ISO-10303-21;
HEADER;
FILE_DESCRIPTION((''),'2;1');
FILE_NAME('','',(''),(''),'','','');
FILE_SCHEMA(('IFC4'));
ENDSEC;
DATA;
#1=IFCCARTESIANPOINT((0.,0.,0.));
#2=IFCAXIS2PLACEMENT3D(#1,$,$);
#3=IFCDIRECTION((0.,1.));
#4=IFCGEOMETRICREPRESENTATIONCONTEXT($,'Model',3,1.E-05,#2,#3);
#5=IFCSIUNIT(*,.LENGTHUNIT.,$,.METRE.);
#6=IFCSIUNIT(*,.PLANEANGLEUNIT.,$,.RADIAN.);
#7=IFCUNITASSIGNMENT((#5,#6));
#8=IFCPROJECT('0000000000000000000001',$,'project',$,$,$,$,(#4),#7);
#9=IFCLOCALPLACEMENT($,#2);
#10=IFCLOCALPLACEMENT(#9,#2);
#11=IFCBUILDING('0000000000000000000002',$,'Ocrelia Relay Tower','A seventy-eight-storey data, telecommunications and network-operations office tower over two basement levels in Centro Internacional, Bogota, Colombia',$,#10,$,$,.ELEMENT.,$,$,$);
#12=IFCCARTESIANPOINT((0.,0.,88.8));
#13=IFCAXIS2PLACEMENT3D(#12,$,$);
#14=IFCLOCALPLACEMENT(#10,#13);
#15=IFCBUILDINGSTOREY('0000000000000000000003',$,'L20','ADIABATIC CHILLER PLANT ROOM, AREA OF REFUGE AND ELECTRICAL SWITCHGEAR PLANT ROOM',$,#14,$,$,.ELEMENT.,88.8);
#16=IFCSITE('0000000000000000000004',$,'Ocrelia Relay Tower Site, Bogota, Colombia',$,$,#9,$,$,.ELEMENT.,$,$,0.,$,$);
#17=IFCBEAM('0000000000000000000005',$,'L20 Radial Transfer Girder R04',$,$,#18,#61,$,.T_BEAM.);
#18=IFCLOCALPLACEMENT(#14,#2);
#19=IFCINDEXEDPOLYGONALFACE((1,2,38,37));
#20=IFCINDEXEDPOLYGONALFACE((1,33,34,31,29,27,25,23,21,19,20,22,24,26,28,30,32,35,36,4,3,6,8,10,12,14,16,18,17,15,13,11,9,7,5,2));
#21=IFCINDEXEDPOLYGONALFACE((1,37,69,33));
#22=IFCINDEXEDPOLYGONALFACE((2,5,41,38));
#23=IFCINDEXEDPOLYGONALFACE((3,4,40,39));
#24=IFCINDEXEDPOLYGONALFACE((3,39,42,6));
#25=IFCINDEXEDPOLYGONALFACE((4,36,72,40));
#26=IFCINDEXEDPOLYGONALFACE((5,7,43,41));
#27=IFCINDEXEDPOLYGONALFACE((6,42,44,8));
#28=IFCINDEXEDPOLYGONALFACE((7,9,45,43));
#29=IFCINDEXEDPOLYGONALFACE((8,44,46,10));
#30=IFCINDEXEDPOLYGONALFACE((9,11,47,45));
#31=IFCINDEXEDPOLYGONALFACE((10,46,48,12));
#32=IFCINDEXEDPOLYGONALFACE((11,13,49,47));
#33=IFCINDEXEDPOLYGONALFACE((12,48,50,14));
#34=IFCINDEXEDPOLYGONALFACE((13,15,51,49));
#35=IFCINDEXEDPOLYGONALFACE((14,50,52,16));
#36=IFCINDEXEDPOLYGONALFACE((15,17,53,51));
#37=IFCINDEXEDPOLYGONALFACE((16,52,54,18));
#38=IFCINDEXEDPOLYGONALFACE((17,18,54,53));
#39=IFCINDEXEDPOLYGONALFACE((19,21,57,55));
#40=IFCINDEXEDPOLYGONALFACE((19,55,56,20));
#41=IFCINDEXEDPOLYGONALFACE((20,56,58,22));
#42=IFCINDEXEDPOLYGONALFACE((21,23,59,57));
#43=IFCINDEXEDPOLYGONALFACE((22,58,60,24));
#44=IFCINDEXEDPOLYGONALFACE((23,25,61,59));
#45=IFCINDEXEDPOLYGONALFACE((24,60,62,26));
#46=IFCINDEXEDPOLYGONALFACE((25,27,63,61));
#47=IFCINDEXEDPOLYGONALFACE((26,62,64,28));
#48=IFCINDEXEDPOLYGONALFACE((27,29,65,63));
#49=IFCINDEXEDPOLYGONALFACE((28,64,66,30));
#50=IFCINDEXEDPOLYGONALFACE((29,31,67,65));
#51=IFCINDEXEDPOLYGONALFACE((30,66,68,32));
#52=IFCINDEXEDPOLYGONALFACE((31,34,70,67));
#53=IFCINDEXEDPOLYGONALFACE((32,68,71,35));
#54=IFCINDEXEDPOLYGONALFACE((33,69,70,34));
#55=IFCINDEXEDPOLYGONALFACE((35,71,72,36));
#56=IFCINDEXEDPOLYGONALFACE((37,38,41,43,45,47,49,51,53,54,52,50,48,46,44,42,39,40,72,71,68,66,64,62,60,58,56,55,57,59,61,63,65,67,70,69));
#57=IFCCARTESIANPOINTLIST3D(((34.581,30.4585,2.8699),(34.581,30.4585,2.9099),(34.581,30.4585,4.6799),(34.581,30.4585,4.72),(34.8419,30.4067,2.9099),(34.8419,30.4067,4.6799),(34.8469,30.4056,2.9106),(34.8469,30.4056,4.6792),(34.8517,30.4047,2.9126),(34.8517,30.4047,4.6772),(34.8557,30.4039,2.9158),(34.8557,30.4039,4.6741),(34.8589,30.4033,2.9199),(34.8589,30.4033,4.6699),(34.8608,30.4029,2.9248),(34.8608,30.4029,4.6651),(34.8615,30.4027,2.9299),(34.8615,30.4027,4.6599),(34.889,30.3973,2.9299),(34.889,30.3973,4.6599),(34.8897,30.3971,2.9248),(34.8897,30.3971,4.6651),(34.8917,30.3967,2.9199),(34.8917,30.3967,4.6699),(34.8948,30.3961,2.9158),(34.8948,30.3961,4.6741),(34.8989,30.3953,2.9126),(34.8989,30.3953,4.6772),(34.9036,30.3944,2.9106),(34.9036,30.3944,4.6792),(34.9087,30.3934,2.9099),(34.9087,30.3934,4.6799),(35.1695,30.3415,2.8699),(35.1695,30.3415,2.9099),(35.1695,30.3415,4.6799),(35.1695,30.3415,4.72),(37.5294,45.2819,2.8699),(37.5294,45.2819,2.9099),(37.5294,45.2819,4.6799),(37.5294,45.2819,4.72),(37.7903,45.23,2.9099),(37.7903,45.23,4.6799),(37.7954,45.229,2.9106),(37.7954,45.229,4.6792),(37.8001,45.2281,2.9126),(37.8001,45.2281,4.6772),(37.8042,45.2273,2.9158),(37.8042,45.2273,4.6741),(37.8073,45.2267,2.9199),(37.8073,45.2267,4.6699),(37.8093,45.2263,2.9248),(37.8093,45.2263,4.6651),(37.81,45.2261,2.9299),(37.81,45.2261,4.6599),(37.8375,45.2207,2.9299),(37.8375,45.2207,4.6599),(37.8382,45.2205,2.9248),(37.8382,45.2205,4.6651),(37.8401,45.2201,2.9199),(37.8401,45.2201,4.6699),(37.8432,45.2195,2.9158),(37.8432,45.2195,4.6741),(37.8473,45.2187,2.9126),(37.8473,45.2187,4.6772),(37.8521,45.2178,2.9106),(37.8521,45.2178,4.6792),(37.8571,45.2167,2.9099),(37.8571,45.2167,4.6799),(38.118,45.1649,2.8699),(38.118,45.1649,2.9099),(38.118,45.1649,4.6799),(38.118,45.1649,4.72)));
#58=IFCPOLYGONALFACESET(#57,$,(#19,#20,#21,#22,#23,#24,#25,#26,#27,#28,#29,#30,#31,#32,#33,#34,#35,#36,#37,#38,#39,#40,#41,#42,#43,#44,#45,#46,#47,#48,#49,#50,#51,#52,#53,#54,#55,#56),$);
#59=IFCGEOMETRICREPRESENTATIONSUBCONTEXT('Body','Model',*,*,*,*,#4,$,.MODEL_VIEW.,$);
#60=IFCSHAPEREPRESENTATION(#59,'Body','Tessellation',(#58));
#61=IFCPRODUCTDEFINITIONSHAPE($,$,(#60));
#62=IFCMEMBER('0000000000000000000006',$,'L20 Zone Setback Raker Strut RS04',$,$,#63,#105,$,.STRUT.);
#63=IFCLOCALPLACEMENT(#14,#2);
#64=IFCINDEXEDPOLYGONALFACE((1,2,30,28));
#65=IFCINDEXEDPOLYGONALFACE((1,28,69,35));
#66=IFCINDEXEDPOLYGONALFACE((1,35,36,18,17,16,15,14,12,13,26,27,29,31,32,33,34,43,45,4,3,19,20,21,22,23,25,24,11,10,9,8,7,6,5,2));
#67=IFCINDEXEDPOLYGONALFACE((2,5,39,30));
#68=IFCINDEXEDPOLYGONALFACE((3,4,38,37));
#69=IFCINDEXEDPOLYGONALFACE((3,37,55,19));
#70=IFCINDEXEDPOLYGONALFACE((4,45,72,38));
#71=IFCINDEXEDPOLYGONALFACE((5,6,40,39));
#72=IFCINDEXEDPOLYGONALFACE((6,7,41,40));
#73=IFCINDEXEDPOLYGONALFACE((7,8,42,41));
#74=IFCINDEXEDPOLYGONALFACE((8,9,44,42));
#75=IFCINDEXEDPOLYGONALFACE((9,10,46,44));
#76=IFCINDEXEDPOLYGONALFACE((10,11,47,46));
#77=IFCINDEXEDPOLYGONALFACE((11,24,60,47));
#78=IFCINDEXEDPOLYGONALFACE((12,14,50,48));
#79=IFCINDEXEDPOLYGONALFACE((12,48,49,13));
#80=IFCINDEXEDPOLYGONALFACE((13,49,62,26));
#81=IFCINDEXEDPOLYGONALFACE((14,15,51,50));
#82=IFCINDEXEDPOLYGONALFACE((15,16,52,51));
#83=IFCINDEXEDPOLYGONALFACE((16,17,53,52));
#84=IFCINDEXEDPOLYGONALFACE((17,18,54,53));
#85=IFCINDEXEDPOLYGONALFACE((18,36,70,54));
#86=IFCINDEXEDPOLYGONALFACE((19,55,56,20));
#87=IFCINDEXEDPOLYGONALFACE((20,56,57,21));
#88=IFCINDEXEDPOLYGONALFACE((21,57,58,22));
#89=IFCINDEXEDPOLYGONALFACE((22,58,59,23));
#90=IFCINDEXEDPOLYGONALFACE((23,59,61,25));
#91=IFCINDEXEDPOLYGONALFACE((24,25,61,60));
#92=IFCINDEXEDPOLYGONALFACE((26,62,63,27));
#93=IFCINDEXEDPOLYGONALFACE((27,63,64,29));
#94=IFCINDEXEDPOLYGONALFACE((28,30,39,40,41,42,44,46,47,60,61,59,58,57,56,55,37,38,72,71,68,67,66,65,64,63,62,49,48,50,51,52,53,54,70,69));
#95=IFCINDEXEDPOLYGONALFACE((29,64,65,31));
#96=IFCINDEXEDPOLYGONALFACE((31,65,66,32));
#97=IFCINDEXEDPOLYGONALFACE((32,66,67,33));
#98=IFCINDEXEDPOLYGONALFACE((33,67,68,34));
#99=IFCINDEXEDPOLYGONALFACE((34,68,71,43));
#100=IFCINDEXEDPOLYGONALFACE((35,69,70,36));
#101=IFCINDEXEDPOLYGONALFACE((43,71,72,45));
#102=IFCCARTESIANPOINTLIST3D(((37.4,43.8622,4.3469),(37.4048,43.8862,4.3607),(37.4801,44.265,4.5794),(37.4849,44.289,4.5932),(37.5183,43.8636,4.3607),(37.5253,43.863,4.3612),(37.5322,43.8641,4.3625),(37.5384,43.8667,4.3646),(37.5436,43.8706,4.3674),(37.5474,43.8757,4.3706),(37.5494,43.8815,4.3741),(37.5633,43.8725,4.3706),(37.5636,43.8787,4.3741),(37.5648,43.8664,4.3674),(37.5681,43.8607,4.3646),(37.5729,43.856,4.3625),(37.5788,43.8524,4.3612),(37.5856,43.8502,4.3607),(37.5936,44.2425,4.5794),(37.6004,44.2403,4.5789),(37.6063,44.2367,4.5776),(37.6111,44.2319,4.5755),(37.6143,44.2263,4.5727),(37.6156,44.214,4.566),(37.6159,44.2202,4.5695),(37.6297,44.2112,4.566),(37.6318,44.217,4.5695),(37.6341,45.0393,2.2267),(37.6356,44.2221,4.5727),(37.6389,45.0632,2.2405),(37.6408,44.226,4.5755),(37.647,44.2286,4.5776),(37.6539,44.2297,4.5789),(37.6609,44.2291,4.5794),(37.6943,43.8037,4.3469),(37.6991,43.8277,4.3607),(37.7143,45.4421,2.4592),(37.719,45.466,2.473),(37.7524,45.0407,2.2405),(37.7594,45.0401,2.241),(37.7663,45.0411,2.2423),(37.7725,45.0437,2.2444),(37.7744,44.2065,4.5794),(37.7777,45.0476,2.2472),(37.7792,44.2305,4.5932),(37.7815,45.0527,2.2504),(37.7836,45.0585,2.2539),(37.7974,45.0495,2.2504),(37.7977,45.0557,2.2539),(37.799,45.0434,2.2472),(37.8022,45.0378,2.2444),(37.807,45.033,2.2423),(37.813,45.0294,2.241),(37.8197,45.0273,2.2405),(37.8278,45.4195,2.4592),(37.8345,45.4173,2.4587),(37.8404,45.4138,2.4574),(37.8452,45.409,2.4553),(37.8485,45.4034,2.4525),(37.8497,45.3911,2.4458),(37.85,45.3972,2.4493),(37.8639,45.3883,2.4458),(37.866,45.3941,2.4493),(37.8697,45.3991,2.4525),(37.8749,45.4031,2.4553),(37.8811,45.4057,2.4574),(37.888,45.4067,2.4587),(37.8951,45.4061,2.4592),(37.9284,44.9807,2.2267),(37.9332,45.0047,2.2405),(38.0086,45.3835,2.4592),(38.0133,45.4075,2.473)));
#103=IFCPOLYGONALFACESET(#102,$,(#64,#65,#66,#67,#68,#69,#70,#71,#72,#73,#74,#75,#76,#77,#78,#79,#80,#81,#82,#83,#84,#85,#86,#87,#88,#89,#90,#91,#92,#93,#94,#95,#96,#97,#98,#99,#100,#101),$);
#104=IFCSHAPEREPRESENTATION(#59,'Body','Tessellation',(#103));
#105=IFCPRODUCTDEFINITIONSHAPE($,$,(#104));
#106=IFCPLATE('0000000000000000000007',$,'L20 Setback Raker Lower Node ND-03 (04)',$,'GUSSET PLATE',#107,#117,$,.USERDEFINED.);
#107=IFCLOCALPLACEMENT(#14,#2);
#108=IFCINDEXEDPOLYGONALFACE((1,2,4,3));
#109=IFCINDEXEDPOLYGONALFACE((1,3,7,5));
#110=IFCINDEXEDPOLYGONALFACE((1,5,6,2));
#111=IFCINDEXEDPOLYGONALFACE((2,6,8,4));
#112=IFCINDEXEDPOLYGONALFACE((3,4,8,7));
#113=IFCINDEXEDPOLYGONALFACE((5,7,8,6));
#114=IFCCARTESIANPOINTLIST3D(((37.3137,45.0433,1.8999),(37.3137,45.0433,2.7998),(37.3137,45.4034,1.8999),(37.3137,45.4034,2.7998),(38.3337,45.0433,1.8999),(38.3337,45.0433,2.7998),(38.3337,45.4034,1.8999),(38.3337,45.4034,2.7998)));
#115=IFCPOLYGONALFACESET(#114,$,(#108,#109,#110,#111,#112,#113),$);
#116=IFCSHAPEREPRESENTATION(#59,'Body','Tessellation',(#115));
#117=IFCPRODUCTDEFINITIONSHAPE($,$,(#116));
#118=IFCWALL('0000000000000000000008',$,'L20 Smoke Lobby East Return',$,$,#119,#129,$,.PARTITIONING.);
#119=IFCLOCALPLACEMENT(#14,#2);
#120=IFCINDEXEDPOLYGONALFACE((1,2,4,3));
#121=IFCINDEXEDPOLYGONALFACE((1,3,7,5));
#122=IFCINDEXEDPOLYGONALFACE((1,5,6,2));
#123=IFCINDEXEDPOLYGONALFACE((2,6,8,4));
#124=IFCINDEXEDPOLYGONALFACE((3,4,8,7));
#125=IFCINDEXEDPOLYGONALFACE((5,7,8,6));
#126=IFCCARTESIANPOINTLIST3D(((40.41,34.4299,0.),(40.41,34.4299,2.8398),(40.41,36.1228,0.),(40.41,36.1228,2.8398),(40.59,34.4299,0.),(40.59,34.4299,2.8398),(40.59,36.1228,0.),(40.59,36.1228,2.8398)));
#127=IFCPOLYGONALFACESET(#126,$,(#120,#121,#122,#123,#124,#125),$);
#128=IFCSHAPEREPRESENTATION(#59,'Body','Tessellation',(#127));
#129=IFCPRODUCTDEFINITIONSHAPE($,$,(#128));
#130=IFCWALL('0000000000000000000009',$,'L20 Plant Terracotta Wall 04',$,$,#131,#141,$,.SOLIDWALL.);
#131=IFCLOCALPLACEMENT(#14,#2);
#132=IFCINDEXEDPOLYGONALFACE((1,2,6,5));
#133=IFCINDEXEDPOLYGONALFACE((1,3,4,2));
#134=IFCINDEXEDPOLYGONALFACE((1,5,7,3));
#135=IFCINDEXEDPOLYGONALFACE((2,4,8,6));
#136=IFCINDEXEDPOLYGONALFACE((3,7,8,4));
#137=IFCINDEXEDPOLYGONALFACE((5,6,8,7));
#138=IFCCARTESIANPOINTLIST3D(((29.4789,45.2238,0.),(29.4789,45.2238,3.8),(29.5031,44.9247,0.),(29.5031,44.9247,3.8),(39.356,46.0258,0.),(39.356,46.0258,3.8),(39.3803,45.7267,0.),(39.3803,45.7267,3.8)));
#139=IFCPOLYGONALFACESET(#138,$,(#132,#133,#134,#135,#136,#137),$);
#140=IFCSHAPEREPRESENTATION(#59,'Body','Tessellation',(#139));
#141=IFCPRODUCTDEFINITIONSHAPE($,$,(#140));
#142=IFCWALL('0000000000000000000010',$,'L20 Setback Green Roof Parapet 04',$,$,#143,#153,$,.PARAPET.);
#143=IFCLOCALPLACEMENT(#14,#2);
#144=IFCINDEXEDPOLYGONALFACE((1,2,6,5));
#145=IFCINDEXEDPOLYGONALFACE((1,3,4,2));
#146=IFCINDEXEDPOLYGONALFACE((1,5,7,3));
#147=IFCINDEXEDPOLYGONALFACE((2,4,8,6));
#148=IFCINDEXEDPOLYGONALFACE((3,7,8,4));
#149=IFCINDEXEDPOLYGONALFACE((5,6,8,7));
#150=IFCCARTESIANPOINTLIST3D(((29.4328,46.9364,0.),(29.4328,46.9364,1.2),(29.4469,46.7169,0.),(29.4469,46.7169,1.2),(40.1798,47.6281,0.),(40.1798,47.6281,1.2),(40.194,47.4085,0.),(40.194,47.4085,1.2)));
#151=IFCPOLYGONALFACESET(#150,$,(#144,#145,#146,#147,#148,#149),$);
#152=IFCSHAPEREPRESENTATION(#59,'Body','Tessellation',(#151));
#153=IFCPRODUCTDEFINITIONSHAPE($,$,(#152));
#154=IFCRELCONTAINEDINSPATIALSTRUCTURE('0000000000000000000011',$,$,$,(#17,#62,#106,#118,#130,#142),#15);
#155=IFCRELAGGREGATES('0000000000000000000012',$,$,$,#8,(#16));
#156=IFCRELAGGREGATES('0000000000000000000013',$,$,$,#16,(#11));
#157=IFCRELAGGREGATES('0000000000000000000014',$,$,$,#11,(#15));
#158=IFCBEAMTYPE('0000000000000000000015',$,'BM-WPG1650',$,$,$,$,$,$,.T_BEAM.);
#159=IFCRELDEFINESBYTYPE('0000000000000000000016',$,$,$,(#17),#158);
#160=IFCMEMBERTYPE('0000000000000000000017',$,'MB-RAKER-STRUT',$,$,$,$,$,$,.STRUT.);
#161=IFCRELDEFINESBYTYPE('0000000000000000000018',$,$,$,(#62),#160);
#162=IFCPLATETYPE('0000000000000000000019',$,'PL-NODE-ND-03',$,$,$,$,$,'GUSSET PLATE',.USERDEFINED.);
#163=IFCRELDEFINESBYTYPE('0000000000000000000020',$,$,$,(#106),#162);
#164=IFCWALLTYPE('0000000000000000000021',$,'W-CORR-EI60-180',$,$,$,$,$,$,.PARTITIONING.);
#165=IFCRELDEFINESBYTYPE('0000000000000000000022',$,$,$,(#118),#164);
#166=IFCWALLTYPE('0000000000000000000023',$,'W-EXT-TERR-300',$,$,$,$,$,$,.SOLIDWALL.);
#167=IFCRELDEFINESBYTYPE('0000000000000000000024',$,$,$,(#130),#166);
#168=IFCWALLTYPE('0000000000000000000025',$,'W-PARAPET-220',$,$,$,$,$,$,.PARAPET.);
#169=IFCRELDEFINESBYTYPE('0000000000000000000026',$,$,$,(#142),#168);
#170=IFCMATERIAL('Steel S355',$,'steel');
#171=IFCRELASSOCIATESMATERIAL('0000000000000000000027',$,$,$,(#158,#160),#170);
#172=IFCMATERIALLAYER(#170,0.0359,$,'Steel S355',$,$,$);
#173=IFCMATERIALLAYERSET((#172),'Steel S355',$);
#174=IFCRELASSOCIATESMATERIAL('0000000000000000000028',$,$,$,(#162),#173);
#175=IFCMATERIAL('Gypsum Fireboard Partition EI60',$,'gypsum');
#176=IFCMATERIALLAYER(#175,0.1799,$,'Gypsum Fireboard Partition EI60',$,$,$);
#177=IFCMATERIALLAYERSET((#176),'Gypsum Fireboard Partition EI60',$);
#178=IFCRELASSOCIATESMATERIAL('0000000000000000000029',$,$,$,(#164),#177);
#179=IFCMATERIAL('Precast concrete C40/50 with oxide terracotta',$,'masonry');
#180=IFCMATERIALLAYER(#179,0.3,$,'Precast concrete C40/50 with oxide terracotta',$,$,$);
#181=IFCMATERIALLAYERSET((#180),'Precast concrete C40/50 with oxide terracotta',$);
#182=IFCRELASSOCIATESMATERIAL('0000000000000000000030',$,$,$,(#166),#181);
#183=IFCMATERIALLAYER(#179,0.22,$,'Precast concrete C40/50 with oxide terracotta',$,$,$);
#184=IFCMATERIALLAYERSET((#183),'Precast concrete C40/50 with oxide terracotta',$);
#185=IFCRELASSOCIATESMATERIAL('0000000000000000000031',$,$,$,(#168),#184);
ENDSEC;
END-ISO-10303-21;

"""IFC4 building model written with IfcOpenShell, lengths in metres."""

from ifc_helpers import new_model, si_unit, direction, frame, frame_2d, origin, origin_2d, place, context, subcontext, project, spatial, rectangle, i_section, extrude, material, layer, layer_set, material_profile, profile_set, type_object, element, save


model = new_model("IFC4")

# Units and contexts
model_context = context("Model", 3, precision=1e-05, world=origin(), true_north=direction((0.0, 1.0)))
body_context = subcontext(model_context, "Body", "Model", "MODEL_VIEW")
ifc_project = project(units=[si_unit("LENGTHUNIT", "METRE"), si_unit("PLANEANGLEUNIT", "RADIAN")], contexts=[model_context])

# Site, building, storey
site_placement = place(None, origin())
site = spatial("IfcSite", under=ifc_project, at=site_placement, Name="Ocrelia Relay Tower Site, Bogota, Colombia", CompositionType="ELEMENT", RefElevation=0.0)
building_placement = place(site_placement, origin())
building = spatial("IfcBuilding", under=site, at=building_placement, Name="Ocrelia Relay Tower", Description="A seventy-eight-storey data, telecommunications and network-operations office tower over two basement levels in Centro Internacional, Bogota, Colombia", CompositionType="ELEMENT")
storey_placement = place(building_placement, frame((0.0, 0.0, 88.8)))
storey = spatial("IfcBuildingStorey", under=building, at=storey_placement, Name="L20", Description="ADIABATIC CHILLER PLANT ROOM, AREA OF REFUGE AND ELECTRICAL SWITCHGEAR PLANT ROOM", CompositionType="ELEMENT", Elevation=88.8)

# Beam
ifc_material_1 = material(Name="Steel S355", Category="steel")
ifc_material_profile_1 = material_profile(ifc_material_1, i_section(OverallWidth=0.6001, OverallDepth=1.8501, WebThickness=0.0281, FlangeThickness=0.04, FilletRadius=0.02, at=origin_2d()), Name="WPG 1850x600")
ifc_profile_set_1 = profile_set([ifc_material_profile_1], Name="Steel S355")
beam_type_1 = type_object("IfcBeamType", Name="BM-WPG1650", PredefinedType="T_BEAM", material=ifc_profile_set_1)
beam_1_placement = place(storey_placement, frame((37.8237, 45.2234, 3.7949), z_axis=(-0.195085, -0.980786, 0.0), x_axis=(0.980786, -0.195085, 0.0)))
element("IfcBeam", 1, at=beam_1_placement, inside=storey, type_object=beam_type_1, Name="L20 Radial Transfer Girder R04", PredefinedType="T_BEAM", context=body_context, shape_type="SweptSolid", body=[
    extrude(i_section(OverallWidth=0.6001, OverallDepth=1.8501, WebThickness=0.0281, FlangeThickness=0.04, FilletRadius=0.02, at=origin_2d()), origin(), (0.0, 0.0, 1.0), 15.1138),
])

# Member
ifc_material_profile_2 = material_profile(ifc_material_1, i_section(OverallWidth=0.3, OverallDepth=0.5, WebThickness=0.0144, FlangeThickness=0.0281, FilletRadius=0.0271, at=origin_2d()), Name="HEB 500")
ifc_profile_set_2 = profile_set([ifc_material_profile_2], Name="Steel S355")
member_type = type_object("IfcMemberType", Name="MB-RAKER-STRUT", PredefinedType="STRUT", material=ifc_profile_set_2)
member_placement = place(storey_placement, frame((37.8237, 45.2234, 2.3499), z_axis=(-0.096105, -0.483131, 0.870257), x_axis=(0.980784, -0.195099, 0.0)))
element("IfcMember", 2, at=member_placement, inside=storey, type_object=member_type, Name="L20 Zone Setback Raker Strut RS04", PredefinedType="STRUT", context=body_context, shape_type="SweptSolid", body=[
    extrude(i_section(OverallWidth=0.3, OverallDepth=0.5, WebThickness=0.0144, FlangeThickness=0.0281, FilletRadius=0.0271, at=origin_2d()), origin(), (0.0, 0.0, 1.0), 2.4363),
])

# Plate
ifc_layer_1 = layer(ifc_material_1, 0.0359, Name="Steel S355")
ifc_layer_set_1 = layer_set([ifc_layer_1], Name="Steel S355")
plate_type = type_object("IfcPlateType", Name="PL-NODE-ND-03", ElementType="GUSSET PLATE", PredefinedType="USERDEFINED", material=ifc_layer_set_1)
plate_placement = place(storey_placement, frame((37.8237, 45.2234, 1.8999), z_axis=(0.0, 0.0, 1.0), x_axis=(1.0, 0.0, 0.0)))
element("IfcPlate", 3, at=plate_placement, inside=storey, type_object=plate_type, Name="L20 Setback Raker Lower Node ND-03 (04)", ObjectType="GUSSET PLATE", PredefinedType="USERDEFINED", context=body_context, shape_type="SweptSolid", body=[
    extrude(rectangle(XDim=1.02, YDim=0.3601, at=origin_2d()), origin(), (0.0, 0.0, 1.0), 0.8999),
])

# Wall
ifc_material_2 = material(Name="Gypsum Fireboard Partition EI60", Category="gypsum")
ifc_layer_2 = layer(ifc_material_2, 0.1799, Name="Gypsum Fireboard Partition EI60")
ifc_layer_set_2 = layer_set([ifc_layer_2], Name="Gypsum Fireboard Partition EI60")
wall_type_1 = type_object("IfcWallType", Name="W-CORR-EI60-180", PredefinedType="PARTITIONING", material=ifc_layer_set_2)
wall_1_placement = place(storey_placement, frame((40.5, 36.1228, 0.0), z_axis=(0.0, 0.0, 1.0), x_axis=(0.0, -1.0, 0.0)))
element("IfcWall", 4, at=wall_1_placement, inside=storey, type_object=wall_type_1, Name="L20 Smoke Lobby East Return", PredefinedType="PARTITIONING", context=body_context, shape_type="SweptSolid", body=[
    extrude(rectangle(XDim=1.6929, YDim=0.1799, at=frame_2d((0.8464, 0.0))), origin(), (0.0, 0.0, 1.0), 2.8398),
])

# Wall
ifc_material_3 = material(Name="Precast concrete C40/50 with oxide terracotta", Category="masonry")
ifc_layer_3 = layer(ifc_material_3, 0.3, Name="Precast concrete C40/50 with oxide terracotta")
ifc_layer_set_3 = layer_set([ifc_layer_3], Name="Precast concrete C40/50 with oxide terracotta")
wall_type_2 = type_object("IfcWallType", Name="W-EXT-TERR-300", PredefinedType="SOLIDWALL", material=ifc_layer_set_3)
wall_2_placement = place(storey_placement, frame((39.3682, 45.8762, 0.0), z_axis=(0.0, 0.0, 1.0), x_axis=(-0.99672, -0.080931, 0.0)))
element("IfcWall", 5, at=wall_2_placement, inside=storey, type_object=wall_type_2, Name="L20 Plant Terracotta Wall 04", PredefinedType="SOLIDWALL", context=body_context, shape_type="SweptSolid", body=[
    extrude(rectangle(XDim=9.9097, YDim=0.3, at=frame_2d((4.9548, 0.0))), origin(), (0.0, 0.0, 1.0), 3.8),
])

# Wall
ifc_layer_4 = layer(ifc_material_3, 0.22, Name="Precast concrete C40/50 with oxide terracotta")
ifc_layer_set_4 = layer_set([ifc_layer_4], Name="Precast concrete C40/50 with oxide terracotta")
wall_type_3 = type_object("IfcWallType", Name="W-PARAPET-220", PredefinedType="PARAPET", material=ifc_layer_set_4)
wall_3_placement = place(storey_placement, frame((40.187, 47.5183, 0.0), z_axis=(0.0, 0.0, 1.0), x_axis=(-0.997935, -0.064224, 0.0)))
element("IfcWall", 6, at=wall_3_placement, inside=storey, type_object=wall_type_3, Name="L20 Setback Green Roof Parapet 04", PredefinedType="PARAPET", context=body_context, shape_type="SweptSolid", body=[
    extrude(rectangle(XDim=10.7693, YDim=0.22, at=frame_2d((5.3848, 0.0))), origin(), (0.0, 0.0, 1.0), 1.2),
])

save(model, "model.ifc")
